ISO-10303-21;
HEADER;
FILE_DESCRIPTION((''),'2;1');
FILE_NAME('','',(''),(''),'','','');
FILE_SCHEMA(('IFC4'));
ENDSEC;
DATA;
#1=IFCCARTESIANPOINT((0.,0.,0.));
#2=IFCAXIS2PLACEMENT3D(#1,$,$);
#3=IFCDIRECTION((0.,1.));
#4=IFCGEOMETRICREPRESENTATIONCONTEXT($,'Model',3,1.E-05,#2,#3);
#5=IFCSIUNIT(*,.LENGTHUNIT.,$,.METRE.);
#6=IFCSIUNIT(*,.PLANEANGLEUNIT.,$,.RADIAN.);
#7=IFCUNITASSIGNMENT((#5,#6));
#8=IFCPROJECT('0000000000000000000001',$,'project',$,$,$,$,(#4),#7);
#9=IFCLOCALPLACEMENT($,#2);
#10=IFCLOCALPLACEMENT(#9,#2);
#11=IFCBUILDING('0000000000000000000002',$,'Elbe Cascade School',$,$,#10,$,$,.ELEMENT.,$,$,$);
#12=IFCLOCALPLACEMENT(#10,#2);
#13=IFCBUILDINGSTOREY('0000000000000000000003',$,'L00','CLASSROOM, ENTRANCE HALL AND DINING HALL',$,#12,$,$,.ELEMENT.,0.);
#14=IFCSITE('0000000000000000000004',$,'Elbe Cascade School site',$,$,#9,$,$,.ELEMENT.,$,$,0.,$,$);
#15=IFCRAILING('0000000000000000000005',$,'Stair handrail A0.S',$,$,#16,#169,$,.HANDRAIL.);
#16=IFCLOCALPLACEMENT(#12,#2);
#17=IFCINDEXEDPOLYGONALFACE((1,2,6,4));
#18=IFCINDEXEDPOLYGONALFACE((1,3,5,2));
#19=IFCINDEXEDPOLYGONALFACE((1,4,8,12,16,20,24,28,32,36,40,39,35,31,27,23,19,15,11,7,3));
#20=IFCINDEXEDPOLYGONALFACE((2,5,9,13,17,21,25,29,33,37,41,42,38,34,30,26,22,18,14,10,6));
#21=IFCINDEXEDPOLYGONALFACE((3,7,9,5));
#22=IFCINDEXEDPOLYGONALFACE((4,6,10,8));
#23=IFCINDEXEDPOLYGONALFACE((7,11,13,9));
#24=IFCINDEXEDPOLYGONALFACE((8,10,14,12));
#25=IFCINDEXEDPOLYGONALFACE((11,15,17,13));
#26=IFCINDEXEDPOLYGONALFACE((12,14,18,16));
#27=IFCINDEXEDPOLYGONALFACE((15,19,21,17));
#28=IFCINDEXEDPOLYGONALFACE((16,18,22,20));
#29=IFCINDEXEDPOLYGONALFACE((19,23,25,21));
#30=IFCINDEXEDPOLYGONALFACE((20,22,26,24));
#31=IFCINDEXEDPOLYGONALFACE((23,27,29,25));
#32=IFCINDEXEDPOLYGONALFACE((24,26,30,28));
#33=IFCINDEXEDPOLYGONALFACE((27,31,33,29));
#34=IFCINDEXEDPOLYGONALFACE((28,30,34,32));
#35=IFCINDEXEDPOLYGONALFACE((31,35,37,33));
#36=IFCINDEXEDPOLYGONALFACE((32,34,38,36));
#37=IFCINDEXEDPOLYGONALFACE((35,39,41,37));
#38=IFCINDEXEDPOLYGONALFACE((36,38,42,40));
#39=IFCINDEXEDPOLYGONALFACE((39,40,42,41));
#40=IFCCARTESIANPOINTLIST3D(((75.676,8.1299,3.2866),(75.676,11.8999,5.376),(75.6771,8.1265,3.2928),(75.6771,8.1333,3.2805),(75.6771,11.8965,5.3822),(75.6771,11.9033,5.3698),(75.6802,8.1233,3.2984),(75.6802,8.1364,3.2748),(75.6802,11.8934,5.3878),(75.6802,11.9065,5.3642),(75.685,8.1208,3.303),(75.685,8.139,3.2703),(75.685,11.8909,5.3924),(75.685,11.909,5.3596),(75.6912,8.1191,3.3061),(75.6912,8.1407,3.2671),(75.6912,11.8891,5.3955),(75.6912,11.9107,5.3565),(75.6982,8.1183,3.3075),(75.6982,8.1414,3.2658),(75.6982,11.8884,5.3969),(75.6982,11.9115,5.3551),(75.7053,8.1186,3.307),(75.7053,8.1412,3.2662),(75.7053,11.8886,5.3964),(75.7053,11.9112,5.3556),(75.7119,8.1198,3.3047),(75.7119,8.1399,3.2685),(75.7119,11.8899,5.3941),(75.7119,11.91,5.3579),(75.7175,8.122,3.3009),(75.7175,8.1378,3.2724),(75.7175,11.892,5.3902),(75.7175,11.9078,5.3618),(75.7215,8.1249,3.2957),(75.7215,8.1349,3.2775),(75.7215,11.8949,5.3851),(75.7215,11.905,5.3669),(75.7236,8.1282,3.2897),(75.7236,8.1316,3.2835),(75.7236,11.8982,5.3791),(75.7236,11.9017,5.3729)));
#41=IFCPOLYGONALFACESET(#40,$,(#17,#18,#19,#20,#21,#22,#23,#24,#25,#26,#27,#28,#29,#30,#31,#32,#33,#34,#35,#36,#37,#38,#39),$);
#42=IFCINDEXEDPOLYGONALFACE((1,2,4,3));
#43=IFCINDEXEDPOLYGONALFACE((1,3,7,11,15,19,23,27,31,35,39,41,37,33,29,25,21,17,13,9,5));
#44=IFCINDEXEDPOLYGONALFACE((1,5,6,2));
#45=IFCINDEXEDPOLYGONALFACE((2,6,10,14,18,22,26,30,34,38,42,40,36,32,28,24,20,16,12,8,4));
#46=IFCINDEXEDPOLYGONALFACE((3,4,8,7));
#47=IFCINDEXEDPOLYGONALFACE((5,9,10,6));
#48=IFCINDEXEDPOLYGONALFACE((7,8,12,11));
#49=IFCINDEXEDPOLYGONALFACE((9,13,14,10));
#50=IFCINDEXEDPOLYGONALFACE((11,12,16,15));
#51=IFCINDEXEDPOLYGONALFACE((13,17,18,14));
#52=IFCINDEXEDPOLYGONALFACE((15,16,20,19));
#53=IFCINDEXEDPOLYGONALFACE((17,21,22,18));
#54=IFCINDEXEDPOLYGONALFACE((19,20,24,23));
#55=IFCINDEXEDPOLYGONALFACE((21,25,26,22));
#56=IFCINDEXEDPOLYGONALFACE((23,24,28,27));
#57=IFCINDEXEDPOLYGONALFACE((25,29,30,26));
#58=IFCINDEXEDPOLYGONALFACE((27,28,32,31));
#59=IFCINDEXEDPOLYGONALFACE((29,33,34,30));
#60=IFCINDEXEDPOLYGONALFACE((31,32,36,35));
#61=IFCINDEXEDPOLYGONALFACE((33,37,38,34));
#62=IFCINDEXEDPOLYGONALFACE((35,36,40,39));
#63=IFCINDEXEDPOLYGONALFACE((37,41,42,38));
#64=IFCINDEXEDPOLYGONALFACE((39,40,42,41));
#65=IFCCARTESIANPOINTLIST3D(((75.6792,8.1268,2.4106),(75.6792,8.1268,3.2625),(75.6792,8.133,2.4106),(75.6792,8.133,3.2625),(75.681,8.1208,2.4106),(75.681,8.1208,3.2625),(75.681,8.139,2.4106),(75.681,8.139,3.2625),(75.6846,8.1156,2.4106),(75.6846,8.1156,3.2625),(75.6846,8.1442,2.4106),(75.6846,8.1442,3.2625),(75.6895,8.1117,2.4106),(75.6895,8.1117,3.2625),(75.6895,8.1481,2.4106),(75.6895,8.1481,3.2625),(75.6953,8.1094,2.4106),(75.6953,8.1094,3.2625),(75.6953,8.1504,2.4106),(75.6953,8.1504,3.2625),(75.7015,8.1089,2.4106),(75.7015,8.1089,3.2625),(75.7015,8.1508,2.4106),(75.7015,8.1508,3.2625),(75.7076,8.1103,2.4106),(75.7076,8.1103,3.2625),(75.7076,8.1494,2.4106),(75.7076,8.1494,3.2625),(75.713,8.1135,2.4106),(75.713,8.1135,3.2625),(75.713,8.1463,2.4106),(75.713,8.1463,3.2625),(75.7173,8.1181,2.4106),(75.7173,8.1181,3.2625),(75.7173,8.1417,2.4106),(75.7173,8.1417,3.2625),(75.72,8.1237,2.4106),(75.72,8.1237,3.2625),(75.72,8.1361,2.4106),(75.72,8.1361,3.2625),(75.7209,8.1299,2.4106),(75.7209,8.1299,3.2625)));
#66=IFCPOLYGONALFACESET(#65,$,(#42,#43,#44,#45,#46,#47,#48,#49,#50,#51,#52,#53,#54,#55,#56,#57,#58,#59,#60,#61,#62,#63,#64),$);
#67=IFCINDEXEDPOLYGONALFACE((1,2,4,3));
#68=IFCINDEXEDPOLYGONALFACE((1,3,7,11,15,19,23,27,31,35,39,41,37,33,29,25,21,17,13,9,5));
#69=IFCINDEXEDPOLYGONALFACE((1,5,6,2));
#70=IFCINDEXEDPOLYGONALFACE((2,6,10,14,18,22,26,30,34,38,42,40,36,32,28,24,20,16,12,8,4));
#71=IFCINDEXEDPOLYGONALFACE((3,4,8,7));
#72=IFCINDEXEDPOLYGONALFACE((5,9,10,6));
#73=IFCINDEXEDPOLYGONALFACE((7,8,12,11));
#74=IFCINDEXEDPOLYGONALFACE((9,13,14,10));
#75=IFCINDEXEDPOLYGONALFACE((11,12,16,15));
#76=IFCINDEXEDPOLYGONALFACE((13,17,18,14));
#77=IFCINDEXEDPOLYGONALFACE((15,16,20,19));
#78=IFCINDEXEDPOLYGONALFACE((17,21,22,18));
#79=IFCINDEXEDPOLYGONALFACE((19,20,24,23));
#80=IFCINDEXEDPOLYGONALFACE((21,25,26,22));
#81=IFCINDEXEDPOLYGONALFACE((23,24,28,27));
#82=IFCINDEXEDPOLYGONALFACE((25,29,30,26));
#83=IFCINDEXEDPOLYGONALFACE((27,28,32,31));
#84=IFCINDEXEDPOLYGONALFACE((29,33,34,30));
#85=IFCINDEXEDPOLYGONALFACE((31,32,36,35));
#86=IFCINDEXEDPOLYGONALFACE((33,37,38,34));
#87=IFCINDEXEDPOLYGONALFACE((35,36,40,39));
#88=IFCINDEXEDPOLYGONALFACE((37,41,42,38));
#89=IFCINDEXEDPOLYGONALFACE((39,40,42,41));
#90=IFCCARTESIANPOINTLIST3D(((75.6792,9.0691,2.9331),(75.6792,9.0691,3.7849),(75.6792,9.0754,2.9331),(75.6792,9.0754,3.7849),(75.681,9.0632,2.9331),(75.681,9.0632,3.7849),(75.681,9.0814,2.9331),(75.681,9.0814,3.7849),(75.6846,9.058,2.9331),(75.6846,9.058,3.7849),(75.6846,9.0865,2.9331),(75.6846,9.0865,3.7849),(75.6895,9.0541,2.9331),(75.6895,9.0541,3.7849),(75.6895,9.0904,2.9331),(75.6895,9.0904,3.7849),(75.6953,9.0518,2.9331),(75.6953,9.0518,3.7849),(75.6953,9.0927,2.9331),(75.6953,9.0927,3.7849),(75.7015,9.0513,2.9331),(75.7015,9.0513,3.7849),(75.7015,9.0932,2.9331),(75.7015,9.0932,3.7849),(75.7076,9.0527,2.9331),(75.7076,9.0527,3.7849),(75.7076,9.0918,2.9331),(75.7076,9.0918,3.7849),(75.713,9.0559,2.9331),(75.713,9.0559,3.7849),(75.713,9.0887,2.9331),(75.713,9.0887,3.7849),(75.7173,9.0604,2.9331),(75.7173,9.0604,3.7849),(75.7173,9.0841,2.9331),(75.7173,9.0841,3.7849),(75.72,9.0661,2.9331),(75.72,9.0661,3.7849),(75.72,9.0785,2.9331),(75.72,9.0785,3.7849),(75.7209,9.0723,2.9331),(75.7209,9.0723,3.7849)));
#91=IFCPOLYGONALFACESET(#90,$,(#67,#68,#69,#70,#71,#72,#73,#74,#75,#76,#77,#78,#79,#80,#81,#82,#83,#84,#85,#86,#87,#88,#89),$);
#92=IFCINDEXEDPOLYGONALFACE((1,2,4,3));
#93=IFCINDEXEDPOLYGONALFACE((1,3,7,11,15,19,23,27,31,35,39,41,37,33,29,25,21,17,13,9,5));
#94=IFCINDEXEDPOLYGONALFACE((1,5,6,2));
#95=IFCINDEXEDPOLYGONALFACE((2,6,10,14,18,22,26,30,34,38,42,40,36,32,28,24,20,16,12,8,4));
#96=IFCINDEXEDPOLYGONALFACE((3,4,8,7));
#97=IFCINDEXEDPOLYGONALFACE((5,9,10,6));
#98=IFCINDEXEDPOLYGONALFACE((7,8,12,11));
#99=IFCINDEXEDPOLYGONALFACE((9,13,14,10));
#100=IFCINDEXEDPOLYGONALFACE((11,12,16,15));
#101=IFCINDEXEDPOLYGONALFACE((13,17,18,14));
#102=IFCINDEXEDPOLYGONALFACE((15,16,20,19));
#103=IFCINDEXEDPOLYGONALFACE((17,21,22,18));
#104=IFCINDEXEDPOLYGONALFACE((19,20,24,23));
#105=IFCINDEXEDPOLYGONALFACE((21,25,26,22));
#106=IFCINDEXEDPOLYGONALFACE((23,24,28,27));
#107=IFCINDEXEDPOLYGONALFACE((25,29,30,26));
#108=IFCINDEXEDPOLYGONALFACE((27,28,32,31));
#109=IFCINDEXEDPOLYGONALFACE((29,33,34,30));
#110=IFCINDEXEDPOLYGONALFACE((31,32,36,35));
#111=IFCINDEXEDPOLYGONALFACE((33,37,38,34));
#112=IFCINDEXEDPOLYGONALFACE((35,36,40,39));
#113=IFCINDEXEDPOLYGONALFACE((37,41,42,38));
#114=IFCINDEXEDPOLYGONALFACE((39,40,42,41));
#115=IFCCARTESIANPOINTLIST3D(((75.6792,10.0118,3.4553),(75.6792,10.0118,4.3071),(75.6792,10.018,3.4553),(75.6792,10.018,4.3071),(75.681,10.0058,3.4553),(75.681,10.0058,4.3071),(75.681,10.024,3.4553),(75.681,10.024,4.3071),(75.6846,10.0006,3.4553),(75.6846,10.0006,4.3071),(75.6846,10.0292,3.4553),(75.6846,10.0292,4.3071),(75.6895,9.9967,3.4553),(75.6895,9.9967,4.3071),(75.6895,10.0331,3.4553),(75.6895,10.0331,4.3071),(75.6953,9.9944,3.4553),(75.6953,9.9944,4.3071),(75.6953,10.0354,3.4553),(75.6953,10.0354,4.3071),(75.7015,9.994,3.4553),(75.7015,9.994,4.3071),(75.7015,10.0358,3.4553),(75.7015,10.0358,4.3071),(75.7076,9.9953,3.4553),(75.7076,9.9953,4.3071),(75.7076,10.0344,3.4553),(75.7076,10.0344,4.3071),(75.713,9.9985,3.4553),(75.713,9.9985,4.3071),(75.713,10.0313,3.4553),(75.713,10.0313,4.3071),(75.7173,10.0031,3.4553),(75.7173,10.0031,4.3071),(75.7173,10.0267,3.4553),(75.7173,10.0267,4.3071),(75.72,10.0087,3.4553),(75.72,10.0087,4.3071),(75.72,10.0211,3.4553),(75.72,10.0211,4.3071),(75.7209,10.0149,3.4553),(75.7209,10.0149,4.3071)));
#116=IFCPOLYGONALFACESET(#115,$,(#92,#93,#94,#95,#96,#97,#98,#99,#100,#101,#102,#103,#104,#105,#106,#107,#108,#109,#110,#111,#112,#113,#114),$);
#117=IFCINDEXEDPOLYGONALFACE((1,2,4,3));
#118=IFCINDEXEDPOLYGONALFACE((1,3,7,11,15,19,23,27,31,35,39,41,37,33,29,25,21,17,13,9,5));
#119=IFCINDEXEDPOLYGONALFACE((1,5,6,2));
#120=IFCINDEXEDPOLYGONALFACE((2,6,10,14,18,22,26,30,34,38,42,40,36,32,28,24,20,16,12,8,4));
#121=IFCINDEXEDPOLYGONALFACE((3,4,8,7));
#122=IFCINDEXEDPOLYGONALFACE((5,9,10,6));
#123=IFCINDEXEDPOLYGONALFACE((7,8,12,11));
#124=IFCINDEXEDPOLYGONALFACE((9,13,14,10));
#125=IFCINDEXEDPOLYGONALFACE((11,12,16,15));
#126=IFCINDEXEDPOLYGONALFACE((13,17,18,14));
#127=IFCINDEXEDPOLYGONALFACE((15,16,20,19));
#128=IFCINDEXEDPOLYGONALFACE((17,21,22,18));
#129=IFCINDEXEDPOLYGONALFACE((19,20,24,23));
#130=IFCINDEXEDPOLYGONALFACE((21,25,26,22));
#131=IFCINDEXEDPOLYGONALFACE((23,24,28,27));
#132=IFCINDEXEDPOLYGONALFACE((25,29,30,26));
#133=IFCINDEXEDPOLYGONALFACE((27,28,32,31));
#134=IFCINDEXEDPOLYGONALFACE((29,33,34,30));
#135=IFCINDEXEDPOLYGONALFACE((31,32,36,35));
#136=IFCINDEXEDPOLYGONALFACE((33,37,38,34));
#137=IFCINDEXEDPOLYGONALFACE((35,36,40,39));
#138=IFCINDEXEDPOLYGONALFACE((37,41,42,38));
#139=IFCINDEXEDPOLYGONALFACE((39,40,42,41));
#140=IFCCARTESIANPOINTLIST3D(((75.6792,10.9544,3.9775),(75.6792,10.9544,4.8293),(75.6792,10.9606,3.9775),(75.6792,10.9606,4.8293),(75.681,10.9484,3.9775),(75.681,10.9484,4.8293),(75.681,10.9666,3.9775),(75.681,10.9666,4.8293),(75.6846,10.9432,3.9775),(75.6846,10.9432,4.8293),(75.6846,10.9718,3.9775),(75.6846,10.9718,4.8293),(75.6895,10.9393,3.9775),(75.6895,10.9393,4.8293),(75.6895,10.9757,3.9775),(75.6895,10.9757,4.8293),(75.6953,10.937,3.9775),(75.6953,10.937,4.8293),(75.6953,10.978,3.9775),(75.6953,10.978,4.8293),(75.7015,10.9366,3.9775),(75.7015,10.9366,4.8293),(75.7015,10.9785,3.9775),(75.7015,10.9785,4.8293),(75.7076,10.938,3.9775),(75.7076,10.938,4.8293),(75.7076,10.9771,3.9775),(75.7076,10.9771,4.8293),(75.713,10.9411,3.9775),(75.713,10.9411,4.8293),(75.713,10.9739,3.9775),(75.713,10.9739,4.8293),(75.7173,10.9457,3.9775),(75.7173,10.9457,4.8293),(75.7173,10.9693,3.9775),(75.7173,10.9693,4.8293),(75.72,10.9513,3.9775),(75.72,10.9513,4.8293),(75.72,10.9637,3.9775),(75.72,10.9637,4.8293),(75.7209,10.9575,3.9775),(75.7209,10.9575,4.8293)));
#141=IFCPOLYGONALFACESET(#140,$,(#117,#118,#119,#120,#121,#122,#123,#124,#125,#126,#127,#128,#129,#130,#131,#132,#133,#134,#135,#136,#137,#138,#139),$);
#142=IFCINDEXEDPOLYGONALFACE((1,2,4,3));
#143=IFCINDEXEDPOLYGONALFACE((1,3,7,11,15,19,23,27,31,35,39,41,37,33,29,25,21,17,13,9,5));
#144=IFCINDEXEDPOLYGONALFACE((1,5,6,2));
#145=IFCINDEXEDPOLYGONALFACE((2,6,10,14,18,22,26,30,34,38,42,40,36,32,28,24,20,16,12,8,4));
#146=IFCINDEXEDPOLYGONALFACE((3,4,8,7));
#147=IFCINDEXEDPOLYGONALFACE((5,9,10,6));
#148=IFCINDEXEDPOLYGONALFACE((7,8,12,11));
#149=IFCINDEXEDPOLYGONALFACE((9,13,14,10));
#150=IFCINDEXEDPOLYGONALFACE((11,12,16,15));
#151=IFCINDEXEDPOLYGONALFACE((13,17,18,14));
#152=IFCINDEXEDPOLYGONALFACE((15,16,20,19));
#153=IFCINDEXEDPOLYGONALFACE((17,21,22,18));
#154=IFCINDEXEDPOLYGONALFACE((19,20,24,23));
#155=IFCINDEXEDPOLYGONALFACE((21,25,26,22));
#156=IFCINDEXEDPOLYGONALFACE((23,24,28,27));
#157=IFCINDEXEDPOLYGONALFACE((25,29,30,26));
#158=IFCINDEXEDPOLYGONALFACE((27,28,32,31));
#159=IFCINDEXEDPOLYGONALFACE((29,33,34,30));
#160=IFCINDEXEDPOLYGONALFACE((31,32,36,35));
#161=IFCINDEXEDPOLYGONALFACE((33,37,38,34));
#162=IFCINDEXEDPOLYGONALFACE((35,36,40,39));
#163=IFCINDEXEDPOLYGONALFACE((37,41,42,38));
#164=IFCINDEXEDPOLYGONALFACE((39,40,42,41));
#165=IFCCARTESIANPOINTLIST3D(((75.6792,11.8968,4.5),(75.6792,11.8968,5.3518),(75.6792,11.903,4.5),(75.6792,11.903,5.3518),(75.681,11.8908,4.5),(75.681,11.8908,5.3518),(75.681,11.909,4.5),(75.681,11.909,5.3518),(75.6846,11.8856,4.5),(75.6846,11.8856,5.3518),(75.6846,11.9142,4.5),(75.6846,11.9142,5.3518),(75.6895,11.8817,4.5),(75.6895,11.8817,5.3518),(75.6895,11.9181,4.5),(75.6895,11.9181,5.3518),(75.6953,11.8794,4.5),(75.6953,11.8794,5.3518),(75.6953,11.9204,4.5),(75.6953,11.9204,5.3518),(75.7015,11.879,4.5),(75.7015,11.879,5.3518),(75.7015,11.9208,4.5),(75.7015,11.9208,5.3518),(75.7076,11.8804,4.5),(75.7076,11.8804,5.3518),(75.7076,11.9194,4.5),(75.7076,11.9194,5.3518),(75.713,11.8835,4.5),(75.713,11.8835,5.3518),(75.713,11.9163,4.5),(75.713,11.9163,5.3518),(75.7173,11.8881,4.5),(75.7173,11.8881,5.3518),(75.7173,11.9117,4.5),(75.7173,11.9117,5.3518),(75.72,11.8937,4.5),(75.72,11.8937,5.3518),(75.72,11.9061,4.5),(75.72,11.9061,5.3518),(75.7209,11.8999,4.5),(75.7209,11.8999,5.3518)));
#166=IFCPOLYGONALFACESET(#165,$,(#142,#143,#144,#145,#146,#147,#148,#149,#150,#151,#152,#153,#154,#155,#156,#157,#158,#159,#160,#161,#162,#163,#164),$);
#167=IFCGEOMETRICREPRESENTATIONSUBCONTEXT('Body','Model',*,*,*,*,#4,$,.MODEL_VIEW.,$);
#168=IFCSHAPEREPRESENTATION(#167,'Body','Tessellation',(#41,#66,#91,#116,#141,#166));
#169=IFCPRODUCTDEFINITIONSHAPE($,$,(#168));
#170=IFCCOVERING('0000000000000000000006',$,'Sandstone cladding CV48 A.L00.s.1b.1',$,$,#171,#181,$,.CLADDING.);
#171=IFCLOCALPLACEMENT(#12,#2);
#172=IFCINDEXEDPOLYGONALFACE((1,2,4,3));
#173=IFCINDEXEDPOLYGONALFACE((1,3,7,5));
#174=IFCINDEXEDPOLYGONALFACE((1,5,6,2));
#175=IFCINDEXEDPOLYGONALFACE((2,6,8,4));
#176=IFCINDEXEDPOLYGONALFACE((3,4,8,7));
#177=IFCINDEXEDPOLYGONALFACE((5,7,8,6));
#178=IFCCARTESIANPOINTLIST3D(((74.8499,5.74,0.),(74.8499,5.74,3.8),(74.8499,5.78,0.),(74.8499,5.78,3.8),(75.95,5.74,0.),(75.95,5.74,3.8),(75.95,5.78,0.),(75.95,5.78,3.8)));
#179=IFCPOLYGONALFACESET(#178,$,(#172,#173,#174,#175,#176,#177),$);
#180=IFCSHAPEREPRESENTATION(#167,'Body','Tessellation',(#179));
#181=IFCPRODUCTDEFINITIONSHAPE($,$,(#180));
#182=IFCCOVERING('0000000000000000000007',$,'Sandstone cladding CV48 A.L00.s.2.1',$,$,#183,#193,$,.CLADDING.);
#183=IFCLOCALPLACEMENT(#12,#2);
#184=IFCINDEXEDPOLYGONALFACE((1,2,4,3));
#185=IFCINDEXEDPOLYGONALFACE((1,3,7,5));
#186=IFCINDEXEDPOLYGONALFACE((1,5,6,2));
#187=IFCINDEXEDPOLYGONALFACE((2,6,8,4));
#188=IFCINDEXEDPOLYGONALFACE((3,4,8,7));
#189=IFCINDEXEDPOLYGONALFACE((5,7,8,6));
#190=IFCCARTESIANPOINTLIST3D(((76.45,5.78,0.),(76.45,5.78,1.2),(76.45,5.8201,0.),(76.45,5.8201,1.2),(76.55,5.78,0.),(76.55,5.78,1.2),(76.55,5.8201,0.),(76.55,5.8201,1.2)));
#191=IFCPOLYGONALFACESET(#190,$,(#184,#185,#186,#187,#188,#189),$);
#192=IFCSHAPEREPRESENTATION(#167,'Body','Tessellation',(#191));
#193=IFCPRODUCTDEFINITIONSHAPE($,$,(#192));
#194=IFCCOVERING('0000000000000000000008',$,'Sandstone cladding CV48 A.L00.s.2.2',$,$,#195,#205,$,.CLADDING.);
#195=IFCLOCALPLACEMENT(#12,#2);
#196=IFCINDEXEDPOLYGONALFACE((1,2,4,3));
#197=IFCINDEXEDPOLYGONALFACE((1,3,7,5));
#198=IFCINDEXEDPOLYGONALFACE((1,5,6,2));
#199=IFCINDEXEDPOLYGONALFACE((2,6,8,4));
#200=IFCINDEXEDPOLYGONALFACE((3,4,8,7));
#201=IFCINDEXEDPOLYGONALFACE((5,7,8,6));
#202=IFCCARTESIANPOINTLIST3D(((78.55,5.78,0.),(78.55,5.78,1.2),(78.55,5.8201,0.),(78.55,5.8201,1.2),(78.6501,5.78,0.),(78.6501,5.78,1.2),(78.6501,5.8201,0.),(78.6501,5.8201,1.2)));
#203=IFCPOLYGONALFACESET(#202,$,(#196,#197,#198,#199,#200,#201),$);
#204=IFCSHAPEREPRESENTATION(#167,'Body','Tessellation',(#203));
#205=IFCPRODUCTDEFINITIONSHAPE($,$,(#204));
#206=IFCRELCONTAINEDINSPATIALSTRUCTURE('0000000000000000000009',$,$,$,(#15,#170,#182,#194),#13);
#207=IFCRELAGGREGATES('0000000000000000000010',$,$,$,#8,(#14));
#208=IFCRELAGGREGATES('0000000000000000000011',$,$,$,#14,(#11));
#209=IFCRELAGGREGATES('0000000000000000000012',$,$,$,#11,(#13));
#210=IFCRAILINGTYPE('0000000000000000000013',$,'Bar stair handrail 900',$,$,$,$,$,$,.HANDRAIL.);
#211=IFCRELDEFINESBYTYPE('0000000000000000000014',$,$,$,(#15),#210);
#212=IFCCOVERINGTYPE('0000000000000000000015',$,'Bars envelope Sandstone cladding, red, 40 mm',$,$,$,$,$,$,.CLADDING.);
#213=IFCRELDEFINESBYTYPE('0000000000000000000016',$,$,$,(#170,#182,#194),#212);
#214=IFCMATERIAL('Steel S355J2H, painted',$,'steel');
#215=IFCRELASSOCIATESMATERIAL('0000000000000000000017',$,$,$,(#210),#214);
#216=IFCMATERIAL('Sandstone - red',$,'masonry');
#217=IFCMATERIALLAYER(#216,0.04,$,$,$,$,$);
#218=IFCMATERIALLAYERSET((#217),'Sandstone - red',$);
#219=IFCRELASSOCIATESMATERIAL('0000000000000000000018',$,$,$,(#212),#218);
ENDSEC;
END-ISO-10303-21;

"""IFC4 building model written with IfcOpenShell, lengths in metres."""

from ifc_helpers import new_model, si_unit, direction, frame, origin, origin_2d, place, context, subcontext, project, spatial, rectangle, circle, extrude, material, layer, layer_set, type_object, element, save


model = new_model("IFC4")

# Units and contexts
model_context = context("Model", 3, precision=1e-05, world=origin(), true_north=direction((0.0, 1.0)))
body_context = subcontext(model_context, "Body", "Model", "MODEL_VIEW")
ifc_project = project(units=[si_unit("LENGTHUNIT", "METRE"), si_unit("PLANEANGLEUNIT", "RADIAN")], contexts=[model_context])

# Site, building, storey
site_placement = place(None, origin())
site = spatial("IfcSite", under=ifc_project, at=site_placement, Name="Elbe Cascade School site", CompositionType="ELEMENT", RefElevation=0.0)
building_placement = place(site_placement, origin())
building = spatial("IfcBuilding", under=site, at=building_placement, Name="Elbe Cascade School", CompositionType="ELEMENT")
storey_placement = place(building_placement, origin())
storey = spatial("IfcBuildingStorey", under=building, at=storey_placement, Name="L00", Description="CLASSROOM, ENTRANCE HALL AND DINING HALL", CompositionType="ELEMENT", Elevation=0.0)

# Railing
ifc_material_1 = material(Name="Steel S355J2H, painted", Category="steel")
railing_type = type_object("IfcRailingType", Name="Bar stair handrail 900", PredefinedType="HANDRAIL", material=ifc_material_1)
railing_placement = place(storey_placement, frame((75.7, 8.1299, 2.4106)))
element("IfcRailing", 1, at=railing_placement, inside=storey, type_object=railing_type, Name="Stair handrail A0.S", PredefinedType="HANDRAIL", context=body_context, shape_type="SweptSolid", body=[
    extrude(circle(Radius=0.0239, at=origin_2d()), frame((0.0, 0.0, 0.876), z_axis=(0.0, 0.874659, 0.484739), x_axis=(-1.0, 0.0, 0.0)), (0.0, 0.0, 1.0), 4.3103),
    extrude(circle(Radius=0.021, at=origin_2d()), origin(), (0.0, 0.0, 1.0), 0.8518),
    extrude(circle(Radius=0.021, at=origin_2d()), frame((0.0, 0.9424, 0.5225)), (0.0, 0.0, 1.0), 0.8518),
    extrude(circle(Radius=0.021, at=origin_2d()), frame((0.0, 1.885, 1.0447)), (0.0, 0.0, 1.0), 0.8518),
    extrude(circle(Radius=0.021, at=origin_2d()), frame((0.0, 2.8276, 1.5669)), (0.0, 0.0, 1.0), 0.8518),
    extrude(circle(Radius=0.021, at=origin_2d()), frame((0.0, 3.77, 2.0894)), (0.0, 0.0, 1.0), 0.8518),
])

# Coverings
ifc_material_2 = material(Name="Sandstone - red", Category="masonry")
ifc_layer_1 = layer(ifc_material_2, 0.04)
ifc_layer_set_1 = layer_set([ifc_layer_1], Name="Sandstone - red")
covering_type = type_object("IfcCoveringType", Name="Bars envelope Sandstone cladding, red, 40 mm", PredefinedType="CLADDING", material=ifc_layer_set_1)
covering_placement = place(storey_placement, frame((75.3999, 5.76, 0.0), z_axis=(0.0, 0.0, 1.0), x_axis=(1.0, 0.0, 0.0)))
element("IfcCovering", 2, at=covering_placement, inside=storey, type_object=covering_type, Name="Sandstone cladding CV48 A.L00.s.1b.1", PredefinedType="CLADDING", context=body_context, shape_type="SweptSolid", body=[
    extrude(rectangle(XDim=1.1001, YDim=0.04, at=origin_2d()), origin(), (0.0, 0.0, 1.0), 3.8),
])
for number, where, z_axis, x_axis, name in (
    (3, (76.5, 5.8, 0.0), (0.0, 0.0, 1.0), (1.0, 0.0, 0.0), "Sandstone cladding CV48 A.L00.s.2.1"),
    (4, (78.6001, 5.8, 0.0), (0.0, 0.0, 1.0), (1.0, 0.0, 0.0), "Sandstone cladding CV48 A.L00.s.2.2"),
):
    element("IfcCovering", number, at=place(storey_placement, frame(where, z_axis=z_axis, x_axis=x_axis)), inside=storey, type_object=covering_type, Name=name, PredefinedType="CLADDING", context=body_context, shape_type="SweptSolid", body=[
        extrude(rectangle(XDim=0.1001, YDim=0.04, at=origin_2d()), origin(), (0.0, 0.0, 1.0), 1.2),
    ])

save(model, "model.ifc")
